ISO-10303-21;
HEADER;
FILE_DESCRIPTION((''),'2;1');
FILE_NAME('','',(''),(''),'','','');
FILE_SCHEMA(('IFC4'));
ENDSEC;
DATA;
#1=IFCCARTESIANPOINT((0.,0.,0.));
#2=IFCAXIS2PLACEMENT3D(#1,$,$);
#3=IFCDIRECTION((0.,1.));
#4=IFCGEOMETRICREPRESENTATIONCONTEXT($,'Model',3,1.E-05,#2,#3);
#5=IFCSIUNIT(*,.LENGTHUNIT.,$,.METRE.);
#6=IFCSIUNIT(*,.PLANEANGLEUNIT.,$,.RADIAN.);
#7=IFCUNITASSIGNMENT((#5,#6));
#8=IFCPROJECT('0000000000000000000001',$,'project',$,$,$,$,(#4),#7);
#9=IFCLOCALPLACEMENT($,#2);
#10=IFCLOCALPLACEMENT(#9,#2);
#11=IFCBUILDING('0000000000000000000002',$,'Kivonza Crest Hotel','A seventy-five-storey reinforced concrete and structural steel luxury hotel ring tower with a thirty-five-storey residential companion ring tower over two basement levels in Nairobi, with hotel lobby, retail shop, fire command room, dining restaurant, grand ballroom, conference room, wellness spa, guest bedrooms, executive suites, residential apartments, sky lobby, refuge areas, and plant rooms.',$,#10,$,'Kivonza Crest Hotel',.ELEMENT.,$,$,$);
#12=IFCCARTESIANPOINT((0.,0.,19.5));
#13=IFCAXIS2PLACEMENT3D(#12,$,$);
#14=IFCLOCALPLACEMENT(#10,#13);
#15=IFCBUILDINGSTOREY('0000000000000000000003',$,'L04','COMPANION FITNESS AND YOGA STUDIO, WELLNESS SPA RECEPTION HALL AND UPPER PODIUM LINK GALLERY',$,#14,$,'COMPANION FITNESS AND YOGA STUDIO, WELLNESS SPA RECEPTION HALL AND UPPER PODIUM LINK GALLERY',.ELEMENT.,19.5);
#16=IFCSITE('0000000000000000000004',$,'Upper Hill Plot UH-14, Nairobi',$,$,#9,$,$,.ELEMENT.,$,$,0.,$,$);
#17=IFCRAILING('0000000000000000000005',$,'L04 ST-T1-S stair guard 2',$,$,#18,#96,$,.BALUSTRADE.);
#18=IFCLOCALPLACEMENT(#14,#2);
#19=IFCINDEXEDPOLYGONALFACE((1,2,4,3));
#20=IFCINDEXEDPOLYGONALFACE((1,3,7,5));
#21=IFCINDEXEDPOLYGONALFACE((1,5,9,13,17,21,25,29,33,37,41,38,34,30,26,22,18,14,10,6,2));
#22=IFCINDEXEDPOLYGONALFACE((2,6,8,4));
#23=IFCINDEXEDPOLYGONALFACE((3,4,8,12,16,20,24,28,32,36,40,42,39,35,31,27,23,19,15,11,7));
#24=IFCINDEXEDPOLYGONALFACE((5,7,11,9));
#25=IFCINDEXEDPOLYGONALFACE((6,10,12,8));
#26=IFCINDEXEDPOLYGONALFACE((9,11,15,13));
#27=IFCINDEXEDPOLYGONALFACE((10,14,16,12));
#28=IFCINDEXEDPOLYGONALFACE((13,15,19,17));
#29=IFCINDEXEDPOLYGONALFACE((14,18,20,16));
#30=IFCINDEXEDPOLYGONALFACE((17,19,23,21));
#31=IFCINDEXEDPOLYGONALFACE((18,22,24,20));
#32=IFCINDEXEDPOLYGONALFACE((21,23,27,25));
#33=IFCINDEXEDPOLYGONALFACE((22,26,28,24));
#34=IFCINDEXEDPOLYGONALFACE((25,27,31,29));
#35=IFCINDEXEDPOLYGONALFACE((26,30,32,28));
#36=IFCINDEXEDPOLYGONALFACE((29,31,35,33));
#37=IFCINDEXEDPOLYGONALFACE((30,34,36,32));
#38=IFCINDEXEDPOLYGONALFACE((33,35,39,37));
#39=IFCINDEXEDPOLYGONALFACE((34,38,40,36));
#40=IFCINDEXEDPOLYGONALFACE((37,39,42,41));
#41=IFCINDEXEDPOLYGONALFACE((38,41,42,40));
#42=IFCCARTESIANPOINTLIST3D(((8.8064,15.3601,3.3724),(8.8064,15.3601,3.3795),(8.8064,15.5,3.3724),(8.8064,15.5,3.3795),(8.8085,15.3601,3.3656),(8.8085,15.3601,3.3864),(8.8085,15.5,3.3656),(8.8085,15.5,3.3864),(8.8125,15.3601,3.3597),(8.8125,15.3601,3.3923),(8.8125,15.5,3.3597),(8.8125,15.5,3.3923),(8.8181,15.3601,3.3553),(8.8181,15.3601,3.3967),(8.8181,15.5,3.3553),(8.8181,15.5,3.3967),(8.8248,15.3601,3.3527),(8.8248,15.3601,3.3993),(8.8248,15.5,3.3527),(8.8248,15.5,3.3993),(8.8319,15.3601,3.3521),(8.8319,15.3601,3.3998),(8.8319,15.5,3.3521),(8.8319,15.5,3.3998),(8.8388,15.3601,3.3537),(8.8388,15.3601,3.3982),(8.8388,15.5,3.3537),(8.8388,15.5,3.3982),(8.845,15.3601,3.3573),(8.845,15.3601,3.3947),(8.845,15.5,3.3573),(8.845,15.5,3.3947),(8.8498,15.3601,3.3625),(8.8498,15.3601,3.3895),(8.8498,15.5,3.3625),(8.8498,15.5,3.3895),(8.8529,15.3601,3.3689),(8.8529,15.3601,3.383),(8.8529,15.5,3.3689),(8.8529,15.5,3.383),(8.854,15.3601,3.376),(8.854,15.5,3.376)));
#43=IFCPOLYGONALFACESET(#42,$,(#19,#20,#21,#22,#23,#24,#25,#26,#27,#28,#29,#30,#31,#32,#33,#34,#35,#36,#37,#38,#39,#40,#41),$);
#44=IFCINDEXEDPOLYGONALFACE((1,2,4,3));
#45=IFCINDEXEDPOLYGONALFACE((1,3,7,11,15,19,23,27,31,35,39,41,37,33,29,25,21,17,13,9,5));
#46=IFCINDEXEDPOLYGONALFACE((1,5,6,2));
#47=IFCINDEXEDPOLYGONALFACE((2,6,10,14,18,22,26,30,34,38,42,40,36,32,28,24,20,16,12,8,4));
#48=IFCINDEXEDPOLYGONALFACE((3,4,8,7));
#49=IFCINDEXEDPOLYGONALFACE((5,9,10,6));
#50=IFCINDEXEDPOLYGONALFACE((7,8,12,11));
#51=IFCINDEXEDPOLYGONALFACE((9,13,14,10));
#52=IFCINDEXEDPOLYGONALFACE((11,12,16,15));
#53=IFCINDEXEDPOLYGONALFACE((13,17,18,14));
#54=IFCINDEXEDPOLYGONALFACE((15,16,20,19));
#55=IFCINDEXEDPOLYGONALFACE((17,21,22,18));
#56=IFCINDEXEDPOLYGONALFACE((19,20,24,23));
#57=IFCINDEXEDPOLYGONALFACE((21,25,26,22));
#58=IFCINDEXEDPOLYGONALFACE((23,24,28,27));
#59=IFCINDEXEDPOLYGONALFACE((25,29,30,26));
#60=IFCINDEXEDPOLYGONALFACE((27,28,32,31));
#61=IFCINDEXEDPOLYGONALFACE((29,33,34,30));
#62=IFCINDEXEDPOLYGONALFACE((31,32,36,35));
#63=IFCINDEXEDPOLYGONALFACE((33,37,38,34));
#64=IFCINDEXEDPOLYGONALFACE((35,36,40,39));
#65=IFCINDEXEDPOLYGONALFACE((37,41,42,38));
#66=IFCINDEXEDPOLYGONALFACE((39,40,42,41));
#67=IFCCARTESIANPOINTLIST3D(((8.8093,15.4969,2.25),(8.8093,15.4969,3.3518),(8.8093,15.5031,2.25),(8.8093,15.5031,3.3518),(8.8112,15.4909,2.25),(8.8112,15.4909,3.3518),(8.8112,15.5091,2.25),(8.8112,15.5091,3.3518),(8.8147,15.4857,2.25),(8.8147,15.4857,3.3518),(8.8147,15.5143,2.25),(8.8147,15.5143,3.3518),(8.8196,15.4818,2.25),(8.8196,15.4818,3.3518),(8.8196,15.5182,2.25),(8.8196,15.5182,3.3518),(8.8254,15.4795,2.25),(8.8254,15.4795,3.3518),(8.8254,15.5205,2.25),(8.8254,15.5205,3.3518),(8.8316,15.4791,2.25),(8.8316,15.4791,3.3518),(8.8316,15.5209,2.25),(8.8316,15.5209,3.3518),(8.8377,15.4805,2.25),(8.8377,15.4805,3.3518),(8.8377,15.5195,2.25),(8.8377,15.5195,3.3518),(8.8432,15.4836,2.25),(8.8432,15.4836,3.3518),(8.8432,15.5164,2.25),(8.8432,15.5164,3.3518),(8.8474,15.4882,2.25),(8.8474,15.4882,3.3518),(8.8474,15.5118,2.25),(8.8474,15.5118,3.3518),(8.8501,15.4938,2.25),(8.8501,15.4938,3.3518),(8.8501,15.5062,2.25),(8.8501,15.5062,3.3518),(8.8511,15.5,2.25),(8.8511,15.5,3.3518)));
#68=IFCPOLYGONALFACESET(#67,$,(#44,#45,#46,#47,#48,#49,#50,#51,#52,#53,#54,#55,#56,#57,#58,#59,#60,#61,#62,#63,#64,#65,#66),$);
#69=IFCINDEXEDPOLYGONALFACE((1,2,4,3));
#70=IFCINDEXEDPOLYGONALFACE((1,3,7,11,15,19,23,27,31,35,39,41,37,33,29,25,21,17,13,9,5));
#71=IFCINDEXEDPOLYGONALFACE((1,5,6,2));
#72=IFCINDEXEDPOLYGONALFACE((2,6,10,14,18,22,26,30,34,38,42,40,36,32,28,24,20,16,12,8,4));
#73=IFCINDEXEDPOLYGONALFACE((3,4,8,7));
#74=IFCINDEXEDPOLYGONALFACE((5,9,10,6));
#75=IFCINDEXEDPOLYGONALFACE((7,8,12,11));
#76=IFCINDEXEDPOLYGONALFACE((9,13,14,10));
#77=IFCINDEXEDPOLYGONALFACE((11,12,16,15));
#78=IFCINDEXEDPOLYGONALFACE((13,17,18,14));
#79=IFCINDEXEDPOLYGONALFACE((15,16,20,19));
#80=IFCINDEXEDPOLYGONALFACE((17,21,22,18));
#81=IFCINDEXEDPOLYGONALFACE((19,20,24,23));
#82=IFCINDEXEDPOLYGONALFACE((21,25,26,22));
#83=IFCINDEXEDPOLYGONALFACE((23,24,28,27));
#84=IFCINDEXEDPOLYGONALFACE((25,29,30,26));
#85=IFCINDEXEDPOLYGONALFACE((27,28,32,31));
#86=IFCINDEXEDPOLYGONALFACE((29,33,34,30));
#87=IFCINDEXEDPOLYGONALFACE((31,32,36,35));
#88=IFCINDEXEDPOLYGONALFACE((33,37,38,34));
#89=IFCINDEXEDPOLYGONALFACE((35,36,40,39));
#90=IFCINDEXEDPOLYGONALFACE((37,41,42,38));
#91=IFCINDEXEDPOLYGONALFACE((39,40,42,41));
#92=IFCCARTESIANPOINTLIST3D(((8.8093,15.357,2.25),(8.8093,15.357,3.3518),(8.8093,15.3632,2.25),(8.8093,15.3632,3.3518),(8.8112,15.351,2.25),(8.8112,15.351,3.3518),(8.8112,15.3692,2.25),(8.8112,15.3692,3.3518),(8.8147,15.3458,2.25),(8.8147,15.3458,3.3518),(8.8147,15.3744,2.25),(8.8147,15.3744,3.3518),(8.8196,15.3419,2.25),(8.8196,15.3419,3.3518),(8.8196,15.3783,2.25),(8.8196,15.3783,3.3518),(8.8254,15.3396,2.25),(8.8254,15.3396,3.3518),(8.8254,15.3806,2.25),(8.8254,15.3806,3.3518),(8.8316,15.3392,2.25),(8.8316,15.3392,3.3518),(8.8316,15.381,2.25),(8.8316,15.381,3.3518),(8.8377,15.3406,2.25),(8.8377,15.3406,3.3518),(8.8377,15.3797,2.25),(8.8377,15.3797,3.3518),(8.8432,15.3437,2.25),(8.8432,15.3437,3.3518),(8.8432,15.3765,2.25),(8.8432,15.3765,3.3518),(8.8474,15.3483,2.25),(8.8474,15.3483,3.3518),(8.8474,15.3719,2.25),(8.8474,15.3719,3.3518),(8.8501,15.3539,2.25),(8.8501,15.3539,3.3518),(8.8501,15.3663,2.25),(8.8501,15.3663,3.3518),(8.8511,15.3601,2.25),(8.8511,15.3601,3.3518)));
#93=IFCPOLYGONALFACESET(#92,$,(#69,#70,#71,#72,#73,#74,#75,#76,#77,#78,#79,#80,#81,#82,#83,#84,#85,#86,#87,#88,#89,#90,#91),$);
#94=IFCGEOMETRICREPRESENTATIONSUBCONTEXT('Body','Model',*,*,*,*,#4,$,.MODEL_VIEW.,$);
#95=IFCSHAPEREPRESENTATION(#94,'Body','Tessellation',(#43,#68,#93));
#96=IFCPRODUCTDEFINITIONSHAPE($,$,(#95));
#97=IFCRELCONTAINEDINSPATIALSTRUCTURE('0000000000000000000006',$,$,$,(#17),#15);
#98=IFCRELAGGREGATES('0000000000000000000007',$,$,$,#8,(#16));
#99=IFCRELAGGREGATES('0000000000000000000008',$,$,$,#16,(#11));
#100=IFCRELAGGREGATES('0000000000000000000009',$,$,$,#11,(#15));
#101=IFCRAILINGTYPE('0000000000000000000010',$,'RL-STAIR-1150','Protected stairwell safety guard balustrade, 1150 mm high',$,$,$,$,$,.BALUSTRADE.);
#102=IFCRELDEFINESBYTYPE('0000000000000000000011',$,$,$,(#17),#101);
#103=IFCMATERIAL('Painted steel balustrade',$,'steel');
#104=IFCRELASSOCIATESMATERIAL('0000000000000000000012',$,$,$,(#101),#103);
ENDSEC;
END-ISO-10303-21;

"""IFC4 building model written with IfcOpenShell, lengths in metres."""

from ifc_helpers import new_model, si_unit, direction, frame, origin, origin_2d, place, context, subcontext, project, spatial, circle, extrude, material, type_object, element, save


model = new_model("IFC4")

# Units and contexts
model_context = context("Model", 3, precision=1e-05, world=origin(), true_north=direction((0.0, 1.0)))
body_context = subcontext(model_context, "Body", "Model", "MODEL_VIEW")
ifc_project = project(units=[si_unit("LENGTHUNIT", "METRE"), si_unit("PLANEANGLEUNIT", "RADIAN")], contexts=[model_context])

# Site, building, storey
site_placement = place(None, origin())
site = spatial("IfcSite", under=ifc_project, at=site_placement, Name="Upper Hill Plot UH-14, Nairobi", CompositionType="ELEMENT", RefElevation=0.0)
building_placement = place(site_placement, origin())
building = spatial("IfcBuilding", under=site, at=building_placement, Name="Kivonza Crest Hotel", Description="A seventy-five-storey reinforced concrete and structural steel luxury hotel ring tower with a thirty-five-storey residential companion ring tower over two basement levels in Nairobi, with hotel lobby, retail shop, fire command room, dining restaurant, grand ballroom, conference room, wellness spa, guest bedrooms, executive suites, residential apartments, sky lobby, refuge areas, and plant rooms.", LongName="Kivonza Crest Hotel", CompositionType="ELEMENT")
storey_placement = place(building_placement, frame((0.0, 0.0, 19.5)))
storey = spatial("IfcBuildingStorey", under=building, at=storey_placement, Name="L04", Description="COMPANION FITNESS AND YOGA STUDIO, WELLNESS SPA RECEPTION HALL AND UPPER PODIUM LINK GALLERY", LongName="COMPANION FITNESS AND YOGA STUDIO, WELLNESS SPA RECEPTION HALL AND UPPER PODIUM LINK GALLERY", CompositionType="ELEMENT", Elevation=19.5)

# Railing
ifc_material_1 = material(Name="Painted steel balustrade", Category="steel")
railing_type_1 = type_object("IfcRailingType", Name="RL-STAIR-1150", Description="Protected stairwell safety guard balustrade, 1150 mm high", PredefinedType="BALUSTRADE", material=ifc_material_1)
railing_1_placement = place(storey_placement, frame((8.8301, 15.5, 2.25)))
element("IfcRailing", 1, at=railing_1_placement, inside=storey, type_object=railing_type_1, Name="L04 ST-T1-S stair guard 2", PredefinedType="BALUSTRADE", context=body_context, shape_type="SweptSolid", body=[
    extrude(circle(Radius=0.0239, at=origin_2d()), frame((0.0, 0.0, 1.126), z_axis=(0.0, -1.0, 0.0), x_axis=(1.0, 0.0, 0.0)), (0.0, 0.0, 1.0), 0.1399),
    extrude(circle(Radius=0.021, at=origin_2d()), origin(), (0.0, 0.0, 1.0), 1.1018),
    extrude(circle(Radius=0.021, at=origin_2d()), frame((0.0, -0.1399, 0.0)), (0.0, 0.0, 1.0), 1.1018),
])

save(model, "model.ifc")
